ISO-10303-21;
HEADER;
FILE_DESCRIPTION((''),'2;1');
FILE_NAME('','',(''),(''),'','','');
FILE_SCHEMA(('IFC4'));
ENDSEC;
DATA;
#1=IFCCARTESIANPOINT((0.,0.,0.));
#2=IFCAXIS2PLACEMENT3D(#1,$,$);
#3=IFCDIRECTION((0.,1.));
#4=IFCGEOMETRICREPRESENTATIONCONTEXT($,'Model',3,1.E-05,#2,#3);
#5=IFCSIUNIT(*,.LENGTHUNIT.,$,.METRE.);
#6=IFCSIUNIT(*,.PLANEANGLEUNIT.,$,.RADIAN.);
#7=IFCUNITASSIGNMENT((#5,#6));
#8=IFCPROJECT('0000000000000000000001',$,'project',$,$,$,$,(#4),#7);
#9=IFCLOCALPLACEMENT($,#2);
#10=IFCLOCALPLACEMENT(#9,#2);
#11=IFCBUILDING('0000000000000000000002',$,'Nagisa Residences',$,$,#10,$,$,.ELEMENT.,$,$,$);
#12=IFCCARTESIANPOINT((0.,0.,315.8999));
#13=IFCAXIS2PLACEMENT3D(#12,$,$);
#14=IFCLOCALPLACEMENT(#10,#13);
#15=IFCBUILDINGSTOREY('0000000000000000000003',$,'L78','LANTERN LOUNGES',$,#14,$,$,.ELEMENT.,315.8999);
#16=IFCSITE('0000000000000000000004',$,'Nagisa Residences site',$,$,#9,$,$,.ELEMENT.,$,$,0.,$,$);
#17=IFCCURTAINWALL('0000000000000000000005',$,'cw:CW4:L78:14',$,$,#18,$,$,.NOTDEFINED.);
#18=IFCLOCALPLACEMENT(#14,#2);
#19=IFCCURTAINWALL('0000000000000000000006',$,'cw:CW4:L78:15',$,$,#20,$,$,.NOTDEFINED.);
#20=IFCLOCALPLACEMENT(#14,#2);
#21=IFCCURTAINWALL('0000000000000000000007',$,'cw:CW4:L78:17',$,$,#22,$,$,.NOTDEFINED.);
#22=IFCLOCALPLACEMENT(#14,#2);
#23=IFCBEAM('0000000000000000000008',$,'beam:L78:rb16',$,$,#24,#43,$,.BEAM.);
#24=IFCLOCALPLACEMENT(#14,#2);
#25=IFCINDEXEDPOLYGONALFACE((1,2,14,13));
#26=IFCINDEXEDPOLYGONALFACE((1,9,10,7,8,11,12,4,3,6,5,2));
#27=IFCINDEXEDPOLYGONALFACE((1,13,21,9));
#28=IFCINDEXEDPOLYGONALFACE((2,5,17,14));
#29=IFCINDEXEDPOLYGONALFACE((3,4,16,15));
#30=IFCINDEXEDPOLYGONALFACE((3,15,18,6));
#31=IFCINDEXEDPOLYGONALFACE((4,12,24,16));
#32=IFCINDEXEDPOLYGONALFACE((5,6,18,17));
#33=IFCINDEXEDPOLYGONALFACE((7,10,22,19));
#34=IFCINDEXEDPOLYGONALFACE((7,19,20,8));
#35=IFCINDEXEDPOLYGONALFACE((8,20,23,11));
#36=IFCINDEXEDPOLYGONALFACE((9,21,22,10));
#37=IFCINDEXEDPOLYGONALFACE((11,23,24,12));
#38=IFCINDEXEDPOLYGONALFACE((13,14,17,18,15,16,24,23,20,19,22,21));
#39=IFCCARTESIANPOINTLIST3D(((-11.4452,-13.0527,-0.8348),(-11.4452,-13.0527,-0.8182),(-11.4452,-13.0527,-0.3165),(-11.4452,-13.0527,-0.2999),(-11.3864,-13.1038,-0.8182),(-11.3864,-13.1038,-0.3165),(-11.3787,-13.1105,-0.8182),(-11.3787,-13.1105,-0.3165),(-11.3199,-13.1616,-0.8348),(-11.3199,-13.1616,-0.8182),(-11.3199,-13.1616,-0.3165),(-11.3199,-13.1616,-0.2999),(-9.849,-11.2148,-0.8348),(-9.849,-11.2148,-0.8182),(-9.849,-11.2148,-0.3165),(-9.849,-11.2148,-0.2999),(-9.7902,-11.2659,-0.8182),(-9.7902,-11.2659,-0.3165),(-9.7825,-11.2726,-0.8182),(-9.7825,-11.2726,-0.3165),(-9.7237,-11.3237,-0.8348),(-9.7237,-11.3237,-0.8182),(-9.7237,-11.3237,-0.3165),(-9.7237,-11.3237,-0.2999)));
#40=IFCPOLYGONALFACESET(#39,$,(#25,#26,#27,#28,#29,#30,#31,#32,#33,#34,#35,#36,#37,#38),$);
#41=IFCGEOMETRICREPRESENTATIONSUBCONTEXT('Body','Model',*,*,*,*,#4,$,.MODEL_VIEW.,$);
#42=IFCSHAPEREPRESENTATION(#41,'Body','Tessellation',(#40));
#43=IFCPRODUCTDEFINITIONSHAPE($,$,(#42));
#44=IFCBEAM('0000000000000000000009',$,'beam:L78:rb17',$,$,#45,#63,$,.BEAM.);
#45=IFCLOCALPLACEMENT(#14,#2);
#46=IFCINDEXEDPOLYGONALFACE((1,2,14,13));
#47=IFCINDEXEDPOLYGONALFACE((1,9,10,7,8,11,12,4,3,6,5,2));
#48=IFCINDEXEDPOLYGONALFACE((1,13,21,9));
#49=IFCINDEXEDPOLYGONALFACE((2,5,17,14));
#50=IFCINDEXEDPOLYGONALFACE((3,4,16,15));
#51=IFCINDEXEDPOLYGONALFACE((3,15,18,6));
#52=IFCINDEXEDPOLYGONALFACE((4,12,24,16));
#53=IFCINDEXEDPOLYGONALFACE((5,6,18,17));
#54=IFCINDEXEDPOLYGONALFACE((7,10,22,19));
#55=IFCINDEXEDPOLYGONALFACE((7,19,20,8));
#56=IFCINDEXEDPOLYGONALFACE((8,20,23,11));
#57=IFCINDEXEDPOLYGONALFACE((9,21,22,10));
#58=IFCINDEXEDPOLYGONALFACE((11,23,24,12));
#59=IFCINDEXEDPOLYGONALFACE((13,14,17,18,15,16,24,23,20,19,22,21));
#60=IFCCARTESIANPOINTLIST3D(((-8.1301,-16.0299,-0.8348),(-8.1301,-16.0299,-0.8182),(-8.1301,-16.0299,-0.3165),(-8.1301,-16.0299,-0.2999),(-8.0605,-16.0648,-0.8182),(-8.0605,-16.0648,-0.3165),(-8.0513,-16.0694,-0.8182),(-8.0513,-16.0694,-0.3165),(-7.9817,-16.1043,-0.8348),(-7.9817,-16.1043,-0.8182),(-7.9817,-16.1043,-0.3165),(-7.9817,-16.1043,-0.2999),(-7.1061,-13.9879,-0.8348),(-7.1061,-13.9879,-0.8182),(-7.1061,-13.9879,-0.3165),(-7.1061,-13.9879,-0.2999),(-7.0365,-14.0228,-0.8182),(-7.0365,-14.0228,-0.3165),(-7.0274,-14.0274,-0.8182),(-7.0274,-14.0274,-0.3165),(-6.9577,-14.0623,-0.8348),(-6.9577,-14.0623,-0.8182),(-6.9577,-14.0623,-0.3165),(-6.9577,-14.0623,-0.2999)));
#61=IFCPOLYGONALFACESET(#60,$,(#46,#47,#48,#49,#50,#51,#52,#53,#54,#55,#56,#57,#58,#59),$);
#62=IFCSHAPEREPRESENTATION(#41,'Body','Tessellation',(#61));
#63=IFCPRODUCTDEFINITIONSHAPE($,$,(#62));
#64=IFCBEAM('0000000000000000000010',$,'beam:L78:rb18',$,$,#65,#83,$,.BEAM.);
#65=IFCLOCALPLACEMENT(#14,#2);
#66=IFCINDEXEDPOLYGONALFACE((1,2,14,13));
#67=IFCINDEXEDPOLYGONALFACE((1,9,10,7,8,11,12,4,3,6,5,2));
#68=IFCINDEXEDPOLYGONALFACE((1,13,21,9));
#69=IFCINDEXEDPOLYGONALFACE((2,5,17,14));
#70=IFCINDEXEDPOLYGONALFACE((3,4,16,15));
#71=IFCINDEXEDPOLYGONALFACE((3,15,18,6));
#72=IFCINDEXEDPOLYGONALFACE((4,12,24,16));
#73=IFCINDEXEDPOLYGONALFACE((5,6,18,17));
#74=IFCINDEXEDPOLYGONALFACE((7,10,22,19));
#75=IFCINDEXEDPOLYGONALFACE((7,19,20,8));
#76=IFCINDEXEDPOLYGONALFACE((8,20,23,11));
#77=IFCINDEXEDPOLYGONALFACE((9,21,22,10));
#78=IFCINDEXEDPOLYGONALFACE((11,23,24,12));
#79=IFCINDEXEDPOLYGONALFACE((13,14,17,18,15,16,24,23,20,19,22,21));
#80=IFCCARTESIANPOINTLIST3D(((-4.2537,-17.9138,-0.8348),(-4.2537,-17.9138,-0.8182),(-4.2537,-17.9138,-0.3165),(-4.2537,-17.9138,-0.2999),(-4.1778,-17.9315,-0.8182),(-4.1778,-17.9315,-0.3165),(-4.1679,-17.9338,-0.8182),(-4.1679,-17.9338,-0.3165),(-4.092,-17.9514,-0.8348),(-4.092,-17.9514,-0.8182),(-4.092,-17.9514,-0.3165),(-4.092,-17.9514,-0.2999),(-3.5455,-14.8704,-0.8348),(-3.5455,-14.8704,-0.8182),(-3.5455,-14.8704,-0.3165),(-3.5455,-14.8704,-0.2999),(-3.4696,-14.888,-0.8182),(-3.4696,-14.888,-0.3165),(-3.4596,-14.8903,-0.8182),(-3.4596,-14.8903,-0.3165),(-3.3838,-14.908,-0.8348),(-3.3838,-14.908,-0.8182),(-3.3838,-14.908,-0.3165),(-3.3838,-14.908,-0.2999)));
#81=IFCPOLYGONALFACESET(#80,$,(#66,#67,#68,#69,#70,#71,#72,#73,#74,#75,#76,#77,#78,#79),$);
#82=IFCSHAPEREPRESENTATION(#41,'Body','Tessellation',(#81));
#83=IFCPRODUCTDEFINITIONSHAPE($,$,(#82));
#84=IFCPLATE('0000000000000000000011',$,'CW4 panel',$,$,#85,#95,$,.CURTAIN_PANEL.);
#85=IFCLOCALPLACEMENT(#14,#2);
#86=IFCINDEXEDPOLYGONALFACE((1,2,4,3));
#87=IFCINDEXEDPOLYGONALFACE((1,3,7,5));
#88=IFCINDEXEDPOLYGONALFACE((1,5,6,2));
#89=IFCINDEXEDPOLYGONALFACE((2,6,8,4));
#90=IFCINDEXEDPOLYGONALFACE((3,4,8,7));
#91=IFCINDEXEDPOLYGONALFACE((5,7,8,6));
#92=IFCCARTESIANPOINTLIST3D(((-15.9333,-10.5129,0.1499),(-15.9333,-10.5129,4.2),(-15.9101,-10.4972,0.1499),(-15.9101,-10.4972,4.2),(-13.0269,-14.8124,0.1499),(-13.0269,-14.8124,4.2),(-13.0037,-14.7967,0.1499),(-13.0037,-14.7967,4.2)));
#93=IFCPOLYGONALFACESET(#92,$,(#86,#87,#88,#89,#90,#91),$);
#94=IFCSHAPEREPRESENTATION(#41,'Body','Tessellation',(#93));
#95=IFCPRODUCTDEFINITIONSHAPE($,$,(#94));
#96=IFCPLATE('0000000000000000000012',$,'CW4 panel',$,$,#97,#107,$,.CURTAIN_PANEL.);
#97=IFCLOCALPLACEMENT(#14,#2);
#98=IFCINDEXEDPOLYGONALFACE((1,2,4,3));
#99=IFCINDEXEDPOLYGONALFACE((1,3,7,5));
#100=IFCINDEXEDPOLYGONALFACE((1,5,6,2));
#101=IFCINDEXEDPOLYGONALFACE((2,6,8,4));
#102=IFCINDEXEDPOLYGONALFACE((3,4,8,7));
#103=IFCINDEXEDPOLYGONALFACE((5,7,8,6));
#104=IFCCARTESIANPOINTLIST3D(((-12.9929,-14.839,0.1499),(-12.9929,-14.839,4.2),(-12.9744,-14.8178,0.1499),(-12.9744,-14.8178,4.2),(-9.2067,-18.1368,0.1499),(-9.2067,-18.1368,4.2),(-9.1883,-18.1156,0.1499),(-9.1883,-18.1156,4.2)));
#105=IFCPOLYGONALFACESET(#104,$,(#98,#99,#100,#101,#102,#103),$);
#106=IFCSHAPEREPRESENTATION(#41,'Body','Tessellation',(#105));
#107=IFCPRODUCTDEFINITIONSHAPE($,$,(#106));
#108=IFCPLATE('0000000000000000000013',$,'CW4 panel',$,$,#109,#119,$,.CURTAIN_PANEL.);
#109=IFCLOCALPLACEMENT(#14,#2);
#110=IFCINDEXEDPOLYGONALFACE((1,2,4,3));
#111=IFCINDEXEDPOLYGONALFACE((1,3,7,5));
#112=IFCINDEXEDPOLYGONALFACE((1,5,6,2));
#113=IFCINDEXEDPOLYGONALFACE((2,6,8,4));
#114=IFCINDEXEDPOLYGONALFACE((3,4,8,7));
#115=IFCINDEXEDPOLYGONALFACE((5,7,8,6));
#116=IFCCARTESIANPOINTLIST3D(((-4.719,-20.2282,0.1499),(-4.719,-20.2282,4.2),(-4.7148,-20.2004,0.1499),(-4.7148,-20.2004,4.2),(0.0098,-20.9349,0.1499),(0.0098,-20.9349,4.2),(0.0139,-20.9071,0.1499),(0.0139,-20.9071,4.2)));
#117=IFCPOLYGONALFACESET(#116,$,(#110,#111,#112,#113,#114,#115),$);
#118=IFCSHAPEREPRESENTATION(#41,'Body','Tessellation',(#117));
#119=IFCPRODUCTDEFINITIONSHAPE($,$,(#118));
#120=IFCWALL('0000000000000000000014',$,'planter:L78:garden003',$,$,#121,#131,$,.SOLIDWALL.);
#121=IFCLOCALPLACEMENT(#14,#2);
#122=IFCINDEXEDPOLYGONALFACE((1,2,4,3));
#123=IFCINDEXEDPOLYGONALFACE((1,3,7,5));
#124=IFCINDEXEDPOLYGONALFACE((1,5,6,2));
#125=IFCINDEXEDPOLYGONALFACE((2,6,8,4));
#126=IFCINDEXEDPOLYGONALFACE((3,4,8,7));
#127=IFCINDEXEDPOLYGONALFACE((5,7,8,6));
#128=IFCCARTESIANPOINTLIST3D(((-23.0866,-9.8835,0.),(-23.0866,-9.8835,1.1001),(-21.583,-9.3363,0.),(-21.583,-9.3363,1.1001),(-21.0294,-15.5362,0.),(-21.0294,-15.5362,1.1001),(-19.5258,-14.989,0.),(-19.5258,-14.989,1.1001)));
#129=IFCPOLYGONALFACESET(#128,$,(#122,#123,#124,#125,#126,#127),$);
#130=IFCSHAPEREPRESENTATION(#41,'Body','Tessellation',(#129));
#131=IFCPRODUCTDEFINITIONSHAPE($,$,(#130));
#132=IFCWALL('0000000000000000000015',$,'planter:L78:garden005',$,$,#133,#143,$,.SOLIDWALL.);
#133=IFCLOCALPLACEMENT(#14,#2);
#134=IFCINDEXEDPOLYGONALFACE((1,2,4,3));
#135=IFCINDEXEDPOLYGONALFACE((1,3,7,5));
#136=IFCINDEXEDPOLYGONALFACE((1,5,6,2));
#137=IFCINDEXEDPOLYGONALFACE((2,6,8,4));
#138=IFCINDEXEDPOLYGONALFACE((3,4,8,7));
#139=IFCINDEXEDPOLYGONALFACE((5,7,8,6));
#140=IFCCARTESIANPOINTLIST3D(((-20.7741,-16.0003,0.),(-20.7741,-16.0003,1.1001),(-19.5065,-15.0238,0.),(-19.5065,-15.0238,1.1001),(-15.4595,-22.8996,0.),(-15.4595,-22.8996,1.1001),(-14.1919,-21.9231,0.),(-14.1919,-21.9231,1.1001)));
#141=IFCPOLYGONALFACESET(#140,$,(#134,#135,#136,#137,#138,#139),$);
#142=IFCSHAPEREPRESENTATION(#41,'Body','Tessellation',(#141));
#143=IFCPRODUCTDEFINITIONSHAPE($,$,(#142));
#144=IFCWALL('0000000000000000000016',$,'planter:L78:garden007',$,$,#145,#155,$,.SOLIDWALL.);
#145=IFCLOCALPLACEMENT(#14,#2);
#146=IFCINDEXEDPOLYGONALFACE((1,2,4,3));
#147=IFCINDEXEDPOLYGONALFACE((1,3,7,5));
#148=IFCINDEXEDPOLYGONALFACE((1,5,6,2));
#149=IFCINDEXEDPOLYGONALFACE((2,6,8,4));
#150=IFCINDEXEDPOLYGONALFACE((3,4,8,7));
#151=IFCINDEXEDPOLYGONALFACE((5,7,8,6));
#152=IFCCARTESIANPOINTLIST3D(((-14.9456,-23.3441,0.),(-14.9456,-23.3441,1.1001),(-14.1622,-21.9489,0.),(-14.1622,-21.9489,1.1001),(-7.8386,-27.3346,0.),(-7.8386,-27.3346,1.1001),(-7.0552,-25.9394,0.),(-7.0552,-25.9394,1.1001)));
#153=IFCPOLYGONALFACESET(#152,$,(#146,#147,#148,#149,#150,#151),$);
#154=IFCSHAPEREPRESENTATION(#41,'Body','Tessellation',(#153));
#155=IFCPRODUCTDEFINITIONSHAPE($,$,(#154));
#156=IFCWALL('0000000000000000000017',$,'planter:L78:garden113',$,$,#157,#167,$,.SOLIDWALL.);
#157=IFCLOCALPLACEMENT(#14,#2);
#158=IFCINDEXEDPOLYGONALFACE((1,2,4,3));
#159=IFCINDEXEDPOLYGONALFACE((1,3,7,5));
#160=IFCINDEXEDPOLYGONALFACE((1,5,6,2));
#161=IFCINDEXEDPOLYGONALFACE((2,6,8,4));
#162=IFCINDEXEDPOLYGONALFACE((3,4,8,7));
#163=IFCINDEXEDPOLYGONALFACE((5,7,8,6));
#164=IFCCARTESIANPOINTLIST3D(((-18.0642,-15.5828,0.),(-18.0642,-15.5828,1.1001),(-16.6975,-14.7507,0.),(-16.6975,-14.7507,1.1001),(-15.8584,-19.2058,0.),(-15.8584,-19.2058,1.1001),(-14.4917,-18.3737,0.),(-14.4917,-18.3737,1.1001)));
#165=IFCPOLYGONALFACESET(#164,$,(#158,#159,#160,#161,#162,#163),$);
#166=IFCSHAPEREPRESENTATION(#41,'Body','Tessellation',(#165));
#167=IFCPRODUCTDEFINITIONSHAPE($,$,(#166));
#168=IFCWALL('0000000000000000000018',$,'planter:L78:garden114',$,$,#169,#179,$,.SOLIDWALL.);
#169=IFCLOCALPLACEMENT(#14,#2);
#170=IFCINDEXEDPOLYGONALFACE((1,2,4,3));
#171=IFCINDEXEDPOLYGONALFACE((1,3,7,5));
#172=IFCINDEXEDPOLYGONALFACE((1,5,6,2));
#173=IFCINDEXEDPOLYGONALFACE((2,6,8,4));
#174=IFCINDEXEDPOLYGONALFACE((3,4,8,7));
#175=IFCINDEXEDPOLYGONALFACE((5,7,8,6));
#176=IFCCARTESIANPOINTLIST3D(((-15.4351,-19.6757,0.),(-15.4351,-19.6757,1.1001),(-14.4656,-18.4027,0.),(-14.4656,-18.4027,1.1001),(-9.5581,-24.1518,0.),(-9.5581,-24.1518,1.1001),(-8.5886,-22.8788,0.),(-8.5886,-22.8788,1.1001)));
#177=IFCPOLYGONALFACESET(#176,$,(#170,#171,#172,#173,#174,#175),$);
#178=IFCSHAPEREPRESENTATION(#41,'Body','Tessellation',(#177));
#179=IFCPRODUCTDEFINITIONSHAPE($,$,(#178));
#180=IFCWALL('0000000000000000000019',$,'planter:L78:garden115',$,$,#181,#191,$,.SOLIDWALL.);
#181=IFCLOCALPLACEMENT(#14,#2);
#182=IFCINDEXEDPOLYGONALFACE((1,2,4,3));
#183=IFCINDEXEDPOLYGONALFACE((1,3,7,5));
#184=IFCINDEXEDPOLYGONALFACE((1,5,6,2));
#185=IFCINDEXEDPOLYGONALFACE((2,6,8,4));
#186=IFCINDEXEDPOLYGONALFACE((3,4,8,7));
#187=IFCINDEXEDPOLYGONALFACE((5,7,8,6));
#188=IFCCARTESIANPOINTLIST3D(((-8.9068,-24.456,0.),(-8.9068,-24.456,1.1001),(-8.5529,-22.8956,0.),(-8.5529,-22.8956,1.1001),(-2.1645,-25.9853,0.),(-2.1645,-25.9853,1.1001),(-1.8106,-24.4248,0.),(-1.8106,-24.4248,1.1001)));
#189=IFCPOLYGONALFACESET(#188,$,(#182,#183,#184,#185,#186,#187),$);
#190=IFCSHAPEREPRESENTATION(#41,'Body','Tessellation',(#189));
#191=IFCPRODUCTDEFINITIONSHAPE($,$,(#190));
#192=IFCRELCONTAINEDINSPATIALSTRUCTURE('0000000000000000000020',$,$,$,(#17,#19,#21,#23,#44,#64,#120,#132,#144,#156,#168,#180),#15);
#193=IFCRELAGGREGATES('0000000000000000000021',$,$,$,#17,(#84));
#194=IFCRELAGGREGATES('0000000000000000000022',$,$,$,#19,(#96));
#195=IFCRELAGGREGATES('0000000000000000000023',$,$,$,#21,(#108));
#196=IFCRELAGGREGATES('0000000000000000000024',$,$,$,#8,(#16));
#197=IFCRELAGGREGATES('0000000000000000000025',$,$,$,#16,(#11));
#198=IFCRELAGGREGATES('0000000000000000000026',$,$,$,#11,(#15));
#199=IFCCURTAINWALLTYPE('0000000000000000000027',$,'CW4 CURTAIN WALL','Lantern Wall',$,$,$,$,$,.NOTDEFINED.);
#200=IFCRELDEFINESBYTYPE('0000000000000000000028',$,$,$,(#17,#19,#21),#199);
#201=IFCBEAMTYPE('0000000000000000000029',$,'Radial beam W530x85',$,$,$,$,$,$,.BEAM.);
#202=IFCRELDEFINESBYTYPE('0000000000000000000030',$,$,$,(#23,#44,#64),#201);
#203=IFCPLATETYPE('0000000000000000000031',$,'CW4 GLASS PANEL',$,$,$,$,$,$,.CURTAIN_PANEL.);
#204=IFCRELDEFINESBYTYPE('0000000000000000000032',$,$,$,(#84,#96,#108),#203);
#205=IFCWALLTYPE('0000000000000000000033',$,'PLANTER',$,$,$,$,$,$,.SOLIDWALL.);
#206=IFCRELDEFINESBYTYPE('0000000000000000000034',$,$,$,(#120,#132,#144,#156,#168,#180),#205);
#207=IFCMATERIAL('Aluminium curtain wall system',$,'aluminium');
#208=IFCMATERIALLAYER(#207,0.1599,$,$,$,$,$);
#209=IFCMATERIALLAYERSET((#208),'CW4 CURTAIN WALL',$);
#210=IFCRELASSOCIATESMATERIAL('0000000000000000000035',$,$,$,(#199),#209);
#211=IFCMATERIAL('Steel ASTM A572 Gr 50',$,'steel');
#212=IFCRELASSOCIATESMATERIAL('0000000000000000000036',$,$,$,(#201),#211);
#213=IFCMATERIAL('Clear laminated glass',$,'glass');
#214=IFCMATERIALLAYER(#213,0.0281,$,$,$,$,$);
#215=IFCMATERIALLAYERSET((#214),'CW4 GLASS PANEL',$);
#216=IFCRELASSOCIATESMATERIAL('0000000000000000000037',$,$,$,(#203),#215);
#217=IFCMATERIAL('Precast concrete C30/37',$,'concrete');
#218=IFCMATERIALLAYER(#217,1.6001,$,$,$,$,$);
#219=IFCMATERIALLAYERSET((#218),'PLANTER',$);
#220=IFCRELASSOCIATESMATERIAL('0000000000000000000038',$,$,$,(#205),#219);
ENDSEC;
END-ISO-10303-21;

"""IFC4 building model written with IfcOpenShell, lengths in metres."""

from ifc_helpers import new_model, si_unit, direction, frame, frame_2d, origin, origin_2d, place, context, subcontext, project, spatial, rectangle, i_section, extrude, material, layer, layer_set, material_profile, profile_set, type_object, element, aggregate, save


model = new_model("IFC4")

# Units and contexts
model_context = context("Model", 3, precision=1e-05, world=origin(), true_north=direction((0.0, 1.0)))
body_context = subcontext(model_context, "Body", "Model", "MODEL_VIEW")
ifc_project = project(units=[si_unit("LENGTHUNIT", "METRE"), si_unit("PLANEANGLEUNIT", "RADIAN")], contexts=[model_context])

# Site, building, storey
site_placement = place(None, origin())
site = spatial("IfcSite", under=ifc_project, at=site_placement, Name="Nagisa Residences site", CompositionType="ELEMENT", RefElevation=0.0)
building_placement = place(site_placement, origin())
building = spatial("IfcBuilding", under=site, at=building_placement, Name="Nagisa Residences", CompositionType="ELEMENT")
storey_placement = place(building_placement, frame((0.0, 0.0, 315.8999)))
storey = spatial("IfcBuildingStorey", under=building, at=storey_placement, Name="L78", Description="LANTERN LOUNGES", CompositionType="ELEMENT", Elevation=315.8999)

# Curtain walls
ifc_material_1 = material(Name="Aluminium curtain wall system", Category="aluminium")
ifc_layer_1 = layer(ifc_material_1, 0.1599)
ifc_layer_set_1 = layer_set([ifc_layer_1], Name="CW4 CURTAIN WALL")
curtain_wall_type = type_object("IfcCurtainWallType", Name="CW4 CURTAIN WALL", Description="Lantern Wall", PredefinedType="NOTDEFINED", material=ifc_layer_set_1)
curtain_wall_1_placement = place(storey_placement, origin())
curtain_wall_1 = element("IfcCurtainWall", 1, at=curtain_wall_1_placement, inside=storey, type_object=curtain_wall_type, Name="cw:CW4:L78:14", PredefinedType="NOTDEFINED")
curtain_wall_2_placement = place(storey_placement, origin())
curtain_wall_2 = element("IfcCurtainWall", 2, at=curtain_wall_2_placement, inside=storey, type_object=curtain_wall_type, Name="cw:CW4:L78:15", PredefinedType="NOTDEFINED")
curtain_wall_3_placement = place(storey_placement, origin())
curtain_wall_3 = element("IfcCurtainWall", 3, at=curtain_wall_3_placement, inside=storey, type_object=curtain_wall_type, Name="cw:CW4:L78:17", PredefinedType="NOTDEFINED")

# Beams
ifc_material_2 = material(Name="Steel ASTM A572 Gr 50", Category="steel")
ifc_material_profile_1 = material_profile(ifc_material_2, i_section(OverallWidth=0.166, OverallDepth=0.5349, WebThickness=0.0103, FlangeThickness=0.0166, at=origin_2d()), Name="W530x85")
ifc_profile_set_1 = profile_set([ifc_material_profile_1], Name="Steel ASTM A572 Gr 50")
beam_type_1 = type_object("IfcBeamType", Name="Radial beam W530x85", PredefinedType="BEAM", material=ifc_profile_set_1)
beam_1_placement = place(storey_placement, frame((-11.3826, -13.1072, -0.5674), z_axis=(0.655717, 0.755007, 0.0), x_axis=(-0.755007, 0.655717, 0.0)))
element("IfcBeam", 4, at=beam_1_placement, inside=storey, type_object=beam_type_1, Name="beam:L78:rb16", PredefinedType="BEAM", context=body_context, shape_type="SweptSolid", body=[
    extrude(i_section(OverallWidth=0.166, OverallDepth=0.5349, WebThickness=0.0103, FlangeThickness=0.0166, at=origin_2d()), origin(), (0.0, 0.0, 1.0), 2.4343),
])
beam_2_placement = place(storey_placement, frame((-8.0559, -16.0671, -0.5674), z_axis=(0.448239, 0.893914, 0.0), x_axis=(-0.893914, 0.448239, 0.0)))
element("IfcBeam", 5, at=beam_2_placement, inside=storey, type_object=beam_type_1, Name="beam:L78:rb17", PredefinedType="BEAM", context=body_context, shape_type="SweptSolid", body=[
    extrude(i_section(OverallWidth=0.166, OverallDepth=0.5349, WebThickness=0.0103, FlangeThickness=0.0166, at=origin_2d()), origin(), (0.0, 0.0, 1.0), 2.2844),
])
beam_3_placement = place(storey_placement, frame((-4.1729, -17.9326, -0.5674), z_axis=(0.226657, 0.973975, 0.0), x_axis=(-0.973975, 0.226657, 0.0)))
element("IfcBeam", 6, at=beam_3_placement, inside=storey, type_object=beam_type_1, Name="beam:L78:rb18", PredefinedType="BEAM", context=body_context, shape_type="SweptSolid", body=[
    extrude(i_section(OverallWidth=0.166, OverallDepth=0.5349, WebThickness=0.0103, FlangeThickness=0.0166, at=origin_2d()), origin(), (0.0, 0.0, 1.0), 3.1248),
])

# Plates
ifc_material_3 = material(Name="Clear laminated glass", Category="glass")
ifc_layer_2 = layer(ifc_material_3, 0.0281)
ifc_layer_set_2 = layer_set([ifc_layer_2], Name="CW4 GLASS PANEL")
plate_type = type_object("IfcPlateType", Name="CW4 GLASS PANEL", PredefinedType="CURTAIN_PANEL", material=ifc_layer_set_2)
plate_1_placement = place(storey_placement, frame((-14.4685, -12.6548, 0.1499), z_axis=(0.0, 0.0, 1.0), x_axis=(0.56003, -0.828473, 0.0)))
plate_1 = element("IfcPlate", 7, at=plate_1_placement, type_object=plate_type, Name="CW4 panel", PredefinedType="CURTAIN_PANEL", context=body_context, shape_type="SweptSolid", body=[
    extrude(rectangle(XDim=5.1897, YDim=0.0281, at=origin_2d()), origin(), (0.0, 0.0, 1.0), 4.05),
])
aggregate(curtain_wall_1, [plate_1])
plate_2_placement = place(storey_placement, frame((-11.0906, -16.4773, 0.1499), z_axis=(0.0, 0.0, 1.0), x_axis=(0.754062, -0.656803, 0.0)))
plate_2 = element("IfcPlate", 8, at=plate_2_placement, type_object=plate_type, Name="CW4 panel", PredefinedType="CURTAIN_PANEL", context=body_context, shape_type="SweptSolid", body=[
    extrude(rectangle(XDim=5.021, YDim=0.0281, at=origin_2d()), origin(), (0.0, 0.0, 1.0), 4.05),
])
aggregate(curtain_wall_2, [plate_2])
plate_3_placement = place(storey_placement, frame((-2.3525, -20.5676, 0.1499), z_axis=(0.0, 0.0, 1.0), x_axis=(0.989017, -0.147802, 0.0)))
plate_3 = element("IfcPlate", 9, at=plate_3_placement, type_object=plate_type, Name="CW4 panel", PredefinedType="CURTAIN_PANEL", context=body_context, shape_type="SweptSolid", body=[
    extrude(rectangle(XDim=4.7812, YDim=0.0281, at=origin_2d()), origin(), (0.0, 0.0, 1.0), 4.05),
])
aggregate(curtain_wall_3, [plate_3])

# Walls
ifc_material_4 = material(Name="Precast concrete C30/37", Category="concrete")
ifc_layer_3 = layer(ifc_material_4, 1.6001)
ifc_layer_set_3 = layer_set([ifc_layer_3], Name="PLANTER")
wall_type_1 = type_object("IfcWallType", Name="PLANTER", PredefinedType="SOLIDWALL", material=ifc_layer_set_3)
wall_1_placement = place(storey_placement, frame((-20.2776, -15.2627, 0.0), z_axis=(0.0, 0.0, 1.0), x_axis=(-0.341984, 0.939706, 0.0)))
element("IfcWall", 10, at=wall_1_placement, inside=storey, type_object=wall_type_1, Name="planter:L78:garden003", PredefinedType="SOLIDWALL", context=body_context, shape_type="SweptSolid", body=[
    extrude(rectangle(XDim=6.0154, YDim=1.6001, at=frame_2d((3.0078, 0.0))), origin(), (0.0, 0.0, 1.0), 1.1001),
])
wall_2_placement = place(storey_placement, frame((-14.8257, -22.4114, 0.0), z_axis=(0.0, 0.0, 1.0), x_axis=(-0.610248, 0.79221, 0.0)))
element("IfcWall", 11, at=wall_2_placement, inside=storey, type_object=wall_type_1, Name="planter:L78:garden005", PredefinedType="SOLIDWALL", context=body_context, shape_type="SweptSolid", body=[
    extrude(rectangle(XDim=8.709, YDim=1.6001, at=frame_2d((4.3545, 0.0))), origin(), (0.0, 0.0, 1.0), 1.1001),
])
wall_3_placement = place(storey_placement, frame((-7.447, -26.637, 0.0), z_axis=(0.0, 0.0, 1.0), x_axis=(-0.871951, 0.489593, 0.0)))
element("IfcWall", 12, at=wall_3_placement, inside=storey, type_object=wall_type_1, Name="planter:L78:garden007", PredefinedType="SOLIDWALL", context=body_context, shape_type="SweptSolid", body=[
    extrude(rectangle(XDim=8.1506, YDim=1.6001, at=frame_2d((4.0752, 0.0))), origin(), (0.0, 0.0, 1.0), 1.1001),
])
wall_4_placement = place(storey_placement, frame((-15.175, -18.7898, 0.0), z_axis=(0.0, 0.0, 1.0), x_axis=(-0.520029, 0.854149, 0.0)))
element("IfcWall", 13, at=wall_4_placement, inside=storey, type_object=wall_type_1, Name="planter:L78:garden113", PredefinedType="SOLIDWALL", context=body_context, shape_type="SweptSolid", body=[
    extrude(rectangle(XDim=4.2417, YDim=1.6001, at=frame_2d((2.1208, 0.0))), origin(), (0.0, 0.0, 1.0), 1.1001),
])
wall_5_placement = place(storey_placement, frame((-9.0732, -23.5154, 0.0), z_axis=(0.0, 0.0, 1.0), x_axis=(-0.795536, 0.605906, 0.0)))
element("IfcWall", 14, at=wall_5_placement, inside=storey, type_object=wall_type_1, Name="planter:L78:garden114", PredefinedType="SOLIDWALL", context=body_context, shape_type="SweptSolid", body=[
    extrude(rectangle(XDim=7.3875, YDim=1.6001, at=frame_2d((3.6938, 0.0))), origin(), (0.0, 0.0, 1.0), 1.1001),
])
wall_6_placement = place(storey_placement, frame((-1.9875, -25.2051, 0.0), z_axis=(0.0, 0.0, 1.0), x_axis=(-0.975229, 0.221198, 0.0)))
element("IfcWall", 15, at=wall_6_placement, inside=storey, type_object=wall_type_1, Name="planter:L78:garden115", PredefinedType="SOLIDWALL", context=body_context, shape_type="SweptSolid", body=[
    extrude(rectangle(XDim=6.9136, YDim=1.6001, at=frame_2d((3.4568, 0.0))), origin(), (0.0, 0.0, 1.0), 1.1001),
])

save(model, "model.ifc")
